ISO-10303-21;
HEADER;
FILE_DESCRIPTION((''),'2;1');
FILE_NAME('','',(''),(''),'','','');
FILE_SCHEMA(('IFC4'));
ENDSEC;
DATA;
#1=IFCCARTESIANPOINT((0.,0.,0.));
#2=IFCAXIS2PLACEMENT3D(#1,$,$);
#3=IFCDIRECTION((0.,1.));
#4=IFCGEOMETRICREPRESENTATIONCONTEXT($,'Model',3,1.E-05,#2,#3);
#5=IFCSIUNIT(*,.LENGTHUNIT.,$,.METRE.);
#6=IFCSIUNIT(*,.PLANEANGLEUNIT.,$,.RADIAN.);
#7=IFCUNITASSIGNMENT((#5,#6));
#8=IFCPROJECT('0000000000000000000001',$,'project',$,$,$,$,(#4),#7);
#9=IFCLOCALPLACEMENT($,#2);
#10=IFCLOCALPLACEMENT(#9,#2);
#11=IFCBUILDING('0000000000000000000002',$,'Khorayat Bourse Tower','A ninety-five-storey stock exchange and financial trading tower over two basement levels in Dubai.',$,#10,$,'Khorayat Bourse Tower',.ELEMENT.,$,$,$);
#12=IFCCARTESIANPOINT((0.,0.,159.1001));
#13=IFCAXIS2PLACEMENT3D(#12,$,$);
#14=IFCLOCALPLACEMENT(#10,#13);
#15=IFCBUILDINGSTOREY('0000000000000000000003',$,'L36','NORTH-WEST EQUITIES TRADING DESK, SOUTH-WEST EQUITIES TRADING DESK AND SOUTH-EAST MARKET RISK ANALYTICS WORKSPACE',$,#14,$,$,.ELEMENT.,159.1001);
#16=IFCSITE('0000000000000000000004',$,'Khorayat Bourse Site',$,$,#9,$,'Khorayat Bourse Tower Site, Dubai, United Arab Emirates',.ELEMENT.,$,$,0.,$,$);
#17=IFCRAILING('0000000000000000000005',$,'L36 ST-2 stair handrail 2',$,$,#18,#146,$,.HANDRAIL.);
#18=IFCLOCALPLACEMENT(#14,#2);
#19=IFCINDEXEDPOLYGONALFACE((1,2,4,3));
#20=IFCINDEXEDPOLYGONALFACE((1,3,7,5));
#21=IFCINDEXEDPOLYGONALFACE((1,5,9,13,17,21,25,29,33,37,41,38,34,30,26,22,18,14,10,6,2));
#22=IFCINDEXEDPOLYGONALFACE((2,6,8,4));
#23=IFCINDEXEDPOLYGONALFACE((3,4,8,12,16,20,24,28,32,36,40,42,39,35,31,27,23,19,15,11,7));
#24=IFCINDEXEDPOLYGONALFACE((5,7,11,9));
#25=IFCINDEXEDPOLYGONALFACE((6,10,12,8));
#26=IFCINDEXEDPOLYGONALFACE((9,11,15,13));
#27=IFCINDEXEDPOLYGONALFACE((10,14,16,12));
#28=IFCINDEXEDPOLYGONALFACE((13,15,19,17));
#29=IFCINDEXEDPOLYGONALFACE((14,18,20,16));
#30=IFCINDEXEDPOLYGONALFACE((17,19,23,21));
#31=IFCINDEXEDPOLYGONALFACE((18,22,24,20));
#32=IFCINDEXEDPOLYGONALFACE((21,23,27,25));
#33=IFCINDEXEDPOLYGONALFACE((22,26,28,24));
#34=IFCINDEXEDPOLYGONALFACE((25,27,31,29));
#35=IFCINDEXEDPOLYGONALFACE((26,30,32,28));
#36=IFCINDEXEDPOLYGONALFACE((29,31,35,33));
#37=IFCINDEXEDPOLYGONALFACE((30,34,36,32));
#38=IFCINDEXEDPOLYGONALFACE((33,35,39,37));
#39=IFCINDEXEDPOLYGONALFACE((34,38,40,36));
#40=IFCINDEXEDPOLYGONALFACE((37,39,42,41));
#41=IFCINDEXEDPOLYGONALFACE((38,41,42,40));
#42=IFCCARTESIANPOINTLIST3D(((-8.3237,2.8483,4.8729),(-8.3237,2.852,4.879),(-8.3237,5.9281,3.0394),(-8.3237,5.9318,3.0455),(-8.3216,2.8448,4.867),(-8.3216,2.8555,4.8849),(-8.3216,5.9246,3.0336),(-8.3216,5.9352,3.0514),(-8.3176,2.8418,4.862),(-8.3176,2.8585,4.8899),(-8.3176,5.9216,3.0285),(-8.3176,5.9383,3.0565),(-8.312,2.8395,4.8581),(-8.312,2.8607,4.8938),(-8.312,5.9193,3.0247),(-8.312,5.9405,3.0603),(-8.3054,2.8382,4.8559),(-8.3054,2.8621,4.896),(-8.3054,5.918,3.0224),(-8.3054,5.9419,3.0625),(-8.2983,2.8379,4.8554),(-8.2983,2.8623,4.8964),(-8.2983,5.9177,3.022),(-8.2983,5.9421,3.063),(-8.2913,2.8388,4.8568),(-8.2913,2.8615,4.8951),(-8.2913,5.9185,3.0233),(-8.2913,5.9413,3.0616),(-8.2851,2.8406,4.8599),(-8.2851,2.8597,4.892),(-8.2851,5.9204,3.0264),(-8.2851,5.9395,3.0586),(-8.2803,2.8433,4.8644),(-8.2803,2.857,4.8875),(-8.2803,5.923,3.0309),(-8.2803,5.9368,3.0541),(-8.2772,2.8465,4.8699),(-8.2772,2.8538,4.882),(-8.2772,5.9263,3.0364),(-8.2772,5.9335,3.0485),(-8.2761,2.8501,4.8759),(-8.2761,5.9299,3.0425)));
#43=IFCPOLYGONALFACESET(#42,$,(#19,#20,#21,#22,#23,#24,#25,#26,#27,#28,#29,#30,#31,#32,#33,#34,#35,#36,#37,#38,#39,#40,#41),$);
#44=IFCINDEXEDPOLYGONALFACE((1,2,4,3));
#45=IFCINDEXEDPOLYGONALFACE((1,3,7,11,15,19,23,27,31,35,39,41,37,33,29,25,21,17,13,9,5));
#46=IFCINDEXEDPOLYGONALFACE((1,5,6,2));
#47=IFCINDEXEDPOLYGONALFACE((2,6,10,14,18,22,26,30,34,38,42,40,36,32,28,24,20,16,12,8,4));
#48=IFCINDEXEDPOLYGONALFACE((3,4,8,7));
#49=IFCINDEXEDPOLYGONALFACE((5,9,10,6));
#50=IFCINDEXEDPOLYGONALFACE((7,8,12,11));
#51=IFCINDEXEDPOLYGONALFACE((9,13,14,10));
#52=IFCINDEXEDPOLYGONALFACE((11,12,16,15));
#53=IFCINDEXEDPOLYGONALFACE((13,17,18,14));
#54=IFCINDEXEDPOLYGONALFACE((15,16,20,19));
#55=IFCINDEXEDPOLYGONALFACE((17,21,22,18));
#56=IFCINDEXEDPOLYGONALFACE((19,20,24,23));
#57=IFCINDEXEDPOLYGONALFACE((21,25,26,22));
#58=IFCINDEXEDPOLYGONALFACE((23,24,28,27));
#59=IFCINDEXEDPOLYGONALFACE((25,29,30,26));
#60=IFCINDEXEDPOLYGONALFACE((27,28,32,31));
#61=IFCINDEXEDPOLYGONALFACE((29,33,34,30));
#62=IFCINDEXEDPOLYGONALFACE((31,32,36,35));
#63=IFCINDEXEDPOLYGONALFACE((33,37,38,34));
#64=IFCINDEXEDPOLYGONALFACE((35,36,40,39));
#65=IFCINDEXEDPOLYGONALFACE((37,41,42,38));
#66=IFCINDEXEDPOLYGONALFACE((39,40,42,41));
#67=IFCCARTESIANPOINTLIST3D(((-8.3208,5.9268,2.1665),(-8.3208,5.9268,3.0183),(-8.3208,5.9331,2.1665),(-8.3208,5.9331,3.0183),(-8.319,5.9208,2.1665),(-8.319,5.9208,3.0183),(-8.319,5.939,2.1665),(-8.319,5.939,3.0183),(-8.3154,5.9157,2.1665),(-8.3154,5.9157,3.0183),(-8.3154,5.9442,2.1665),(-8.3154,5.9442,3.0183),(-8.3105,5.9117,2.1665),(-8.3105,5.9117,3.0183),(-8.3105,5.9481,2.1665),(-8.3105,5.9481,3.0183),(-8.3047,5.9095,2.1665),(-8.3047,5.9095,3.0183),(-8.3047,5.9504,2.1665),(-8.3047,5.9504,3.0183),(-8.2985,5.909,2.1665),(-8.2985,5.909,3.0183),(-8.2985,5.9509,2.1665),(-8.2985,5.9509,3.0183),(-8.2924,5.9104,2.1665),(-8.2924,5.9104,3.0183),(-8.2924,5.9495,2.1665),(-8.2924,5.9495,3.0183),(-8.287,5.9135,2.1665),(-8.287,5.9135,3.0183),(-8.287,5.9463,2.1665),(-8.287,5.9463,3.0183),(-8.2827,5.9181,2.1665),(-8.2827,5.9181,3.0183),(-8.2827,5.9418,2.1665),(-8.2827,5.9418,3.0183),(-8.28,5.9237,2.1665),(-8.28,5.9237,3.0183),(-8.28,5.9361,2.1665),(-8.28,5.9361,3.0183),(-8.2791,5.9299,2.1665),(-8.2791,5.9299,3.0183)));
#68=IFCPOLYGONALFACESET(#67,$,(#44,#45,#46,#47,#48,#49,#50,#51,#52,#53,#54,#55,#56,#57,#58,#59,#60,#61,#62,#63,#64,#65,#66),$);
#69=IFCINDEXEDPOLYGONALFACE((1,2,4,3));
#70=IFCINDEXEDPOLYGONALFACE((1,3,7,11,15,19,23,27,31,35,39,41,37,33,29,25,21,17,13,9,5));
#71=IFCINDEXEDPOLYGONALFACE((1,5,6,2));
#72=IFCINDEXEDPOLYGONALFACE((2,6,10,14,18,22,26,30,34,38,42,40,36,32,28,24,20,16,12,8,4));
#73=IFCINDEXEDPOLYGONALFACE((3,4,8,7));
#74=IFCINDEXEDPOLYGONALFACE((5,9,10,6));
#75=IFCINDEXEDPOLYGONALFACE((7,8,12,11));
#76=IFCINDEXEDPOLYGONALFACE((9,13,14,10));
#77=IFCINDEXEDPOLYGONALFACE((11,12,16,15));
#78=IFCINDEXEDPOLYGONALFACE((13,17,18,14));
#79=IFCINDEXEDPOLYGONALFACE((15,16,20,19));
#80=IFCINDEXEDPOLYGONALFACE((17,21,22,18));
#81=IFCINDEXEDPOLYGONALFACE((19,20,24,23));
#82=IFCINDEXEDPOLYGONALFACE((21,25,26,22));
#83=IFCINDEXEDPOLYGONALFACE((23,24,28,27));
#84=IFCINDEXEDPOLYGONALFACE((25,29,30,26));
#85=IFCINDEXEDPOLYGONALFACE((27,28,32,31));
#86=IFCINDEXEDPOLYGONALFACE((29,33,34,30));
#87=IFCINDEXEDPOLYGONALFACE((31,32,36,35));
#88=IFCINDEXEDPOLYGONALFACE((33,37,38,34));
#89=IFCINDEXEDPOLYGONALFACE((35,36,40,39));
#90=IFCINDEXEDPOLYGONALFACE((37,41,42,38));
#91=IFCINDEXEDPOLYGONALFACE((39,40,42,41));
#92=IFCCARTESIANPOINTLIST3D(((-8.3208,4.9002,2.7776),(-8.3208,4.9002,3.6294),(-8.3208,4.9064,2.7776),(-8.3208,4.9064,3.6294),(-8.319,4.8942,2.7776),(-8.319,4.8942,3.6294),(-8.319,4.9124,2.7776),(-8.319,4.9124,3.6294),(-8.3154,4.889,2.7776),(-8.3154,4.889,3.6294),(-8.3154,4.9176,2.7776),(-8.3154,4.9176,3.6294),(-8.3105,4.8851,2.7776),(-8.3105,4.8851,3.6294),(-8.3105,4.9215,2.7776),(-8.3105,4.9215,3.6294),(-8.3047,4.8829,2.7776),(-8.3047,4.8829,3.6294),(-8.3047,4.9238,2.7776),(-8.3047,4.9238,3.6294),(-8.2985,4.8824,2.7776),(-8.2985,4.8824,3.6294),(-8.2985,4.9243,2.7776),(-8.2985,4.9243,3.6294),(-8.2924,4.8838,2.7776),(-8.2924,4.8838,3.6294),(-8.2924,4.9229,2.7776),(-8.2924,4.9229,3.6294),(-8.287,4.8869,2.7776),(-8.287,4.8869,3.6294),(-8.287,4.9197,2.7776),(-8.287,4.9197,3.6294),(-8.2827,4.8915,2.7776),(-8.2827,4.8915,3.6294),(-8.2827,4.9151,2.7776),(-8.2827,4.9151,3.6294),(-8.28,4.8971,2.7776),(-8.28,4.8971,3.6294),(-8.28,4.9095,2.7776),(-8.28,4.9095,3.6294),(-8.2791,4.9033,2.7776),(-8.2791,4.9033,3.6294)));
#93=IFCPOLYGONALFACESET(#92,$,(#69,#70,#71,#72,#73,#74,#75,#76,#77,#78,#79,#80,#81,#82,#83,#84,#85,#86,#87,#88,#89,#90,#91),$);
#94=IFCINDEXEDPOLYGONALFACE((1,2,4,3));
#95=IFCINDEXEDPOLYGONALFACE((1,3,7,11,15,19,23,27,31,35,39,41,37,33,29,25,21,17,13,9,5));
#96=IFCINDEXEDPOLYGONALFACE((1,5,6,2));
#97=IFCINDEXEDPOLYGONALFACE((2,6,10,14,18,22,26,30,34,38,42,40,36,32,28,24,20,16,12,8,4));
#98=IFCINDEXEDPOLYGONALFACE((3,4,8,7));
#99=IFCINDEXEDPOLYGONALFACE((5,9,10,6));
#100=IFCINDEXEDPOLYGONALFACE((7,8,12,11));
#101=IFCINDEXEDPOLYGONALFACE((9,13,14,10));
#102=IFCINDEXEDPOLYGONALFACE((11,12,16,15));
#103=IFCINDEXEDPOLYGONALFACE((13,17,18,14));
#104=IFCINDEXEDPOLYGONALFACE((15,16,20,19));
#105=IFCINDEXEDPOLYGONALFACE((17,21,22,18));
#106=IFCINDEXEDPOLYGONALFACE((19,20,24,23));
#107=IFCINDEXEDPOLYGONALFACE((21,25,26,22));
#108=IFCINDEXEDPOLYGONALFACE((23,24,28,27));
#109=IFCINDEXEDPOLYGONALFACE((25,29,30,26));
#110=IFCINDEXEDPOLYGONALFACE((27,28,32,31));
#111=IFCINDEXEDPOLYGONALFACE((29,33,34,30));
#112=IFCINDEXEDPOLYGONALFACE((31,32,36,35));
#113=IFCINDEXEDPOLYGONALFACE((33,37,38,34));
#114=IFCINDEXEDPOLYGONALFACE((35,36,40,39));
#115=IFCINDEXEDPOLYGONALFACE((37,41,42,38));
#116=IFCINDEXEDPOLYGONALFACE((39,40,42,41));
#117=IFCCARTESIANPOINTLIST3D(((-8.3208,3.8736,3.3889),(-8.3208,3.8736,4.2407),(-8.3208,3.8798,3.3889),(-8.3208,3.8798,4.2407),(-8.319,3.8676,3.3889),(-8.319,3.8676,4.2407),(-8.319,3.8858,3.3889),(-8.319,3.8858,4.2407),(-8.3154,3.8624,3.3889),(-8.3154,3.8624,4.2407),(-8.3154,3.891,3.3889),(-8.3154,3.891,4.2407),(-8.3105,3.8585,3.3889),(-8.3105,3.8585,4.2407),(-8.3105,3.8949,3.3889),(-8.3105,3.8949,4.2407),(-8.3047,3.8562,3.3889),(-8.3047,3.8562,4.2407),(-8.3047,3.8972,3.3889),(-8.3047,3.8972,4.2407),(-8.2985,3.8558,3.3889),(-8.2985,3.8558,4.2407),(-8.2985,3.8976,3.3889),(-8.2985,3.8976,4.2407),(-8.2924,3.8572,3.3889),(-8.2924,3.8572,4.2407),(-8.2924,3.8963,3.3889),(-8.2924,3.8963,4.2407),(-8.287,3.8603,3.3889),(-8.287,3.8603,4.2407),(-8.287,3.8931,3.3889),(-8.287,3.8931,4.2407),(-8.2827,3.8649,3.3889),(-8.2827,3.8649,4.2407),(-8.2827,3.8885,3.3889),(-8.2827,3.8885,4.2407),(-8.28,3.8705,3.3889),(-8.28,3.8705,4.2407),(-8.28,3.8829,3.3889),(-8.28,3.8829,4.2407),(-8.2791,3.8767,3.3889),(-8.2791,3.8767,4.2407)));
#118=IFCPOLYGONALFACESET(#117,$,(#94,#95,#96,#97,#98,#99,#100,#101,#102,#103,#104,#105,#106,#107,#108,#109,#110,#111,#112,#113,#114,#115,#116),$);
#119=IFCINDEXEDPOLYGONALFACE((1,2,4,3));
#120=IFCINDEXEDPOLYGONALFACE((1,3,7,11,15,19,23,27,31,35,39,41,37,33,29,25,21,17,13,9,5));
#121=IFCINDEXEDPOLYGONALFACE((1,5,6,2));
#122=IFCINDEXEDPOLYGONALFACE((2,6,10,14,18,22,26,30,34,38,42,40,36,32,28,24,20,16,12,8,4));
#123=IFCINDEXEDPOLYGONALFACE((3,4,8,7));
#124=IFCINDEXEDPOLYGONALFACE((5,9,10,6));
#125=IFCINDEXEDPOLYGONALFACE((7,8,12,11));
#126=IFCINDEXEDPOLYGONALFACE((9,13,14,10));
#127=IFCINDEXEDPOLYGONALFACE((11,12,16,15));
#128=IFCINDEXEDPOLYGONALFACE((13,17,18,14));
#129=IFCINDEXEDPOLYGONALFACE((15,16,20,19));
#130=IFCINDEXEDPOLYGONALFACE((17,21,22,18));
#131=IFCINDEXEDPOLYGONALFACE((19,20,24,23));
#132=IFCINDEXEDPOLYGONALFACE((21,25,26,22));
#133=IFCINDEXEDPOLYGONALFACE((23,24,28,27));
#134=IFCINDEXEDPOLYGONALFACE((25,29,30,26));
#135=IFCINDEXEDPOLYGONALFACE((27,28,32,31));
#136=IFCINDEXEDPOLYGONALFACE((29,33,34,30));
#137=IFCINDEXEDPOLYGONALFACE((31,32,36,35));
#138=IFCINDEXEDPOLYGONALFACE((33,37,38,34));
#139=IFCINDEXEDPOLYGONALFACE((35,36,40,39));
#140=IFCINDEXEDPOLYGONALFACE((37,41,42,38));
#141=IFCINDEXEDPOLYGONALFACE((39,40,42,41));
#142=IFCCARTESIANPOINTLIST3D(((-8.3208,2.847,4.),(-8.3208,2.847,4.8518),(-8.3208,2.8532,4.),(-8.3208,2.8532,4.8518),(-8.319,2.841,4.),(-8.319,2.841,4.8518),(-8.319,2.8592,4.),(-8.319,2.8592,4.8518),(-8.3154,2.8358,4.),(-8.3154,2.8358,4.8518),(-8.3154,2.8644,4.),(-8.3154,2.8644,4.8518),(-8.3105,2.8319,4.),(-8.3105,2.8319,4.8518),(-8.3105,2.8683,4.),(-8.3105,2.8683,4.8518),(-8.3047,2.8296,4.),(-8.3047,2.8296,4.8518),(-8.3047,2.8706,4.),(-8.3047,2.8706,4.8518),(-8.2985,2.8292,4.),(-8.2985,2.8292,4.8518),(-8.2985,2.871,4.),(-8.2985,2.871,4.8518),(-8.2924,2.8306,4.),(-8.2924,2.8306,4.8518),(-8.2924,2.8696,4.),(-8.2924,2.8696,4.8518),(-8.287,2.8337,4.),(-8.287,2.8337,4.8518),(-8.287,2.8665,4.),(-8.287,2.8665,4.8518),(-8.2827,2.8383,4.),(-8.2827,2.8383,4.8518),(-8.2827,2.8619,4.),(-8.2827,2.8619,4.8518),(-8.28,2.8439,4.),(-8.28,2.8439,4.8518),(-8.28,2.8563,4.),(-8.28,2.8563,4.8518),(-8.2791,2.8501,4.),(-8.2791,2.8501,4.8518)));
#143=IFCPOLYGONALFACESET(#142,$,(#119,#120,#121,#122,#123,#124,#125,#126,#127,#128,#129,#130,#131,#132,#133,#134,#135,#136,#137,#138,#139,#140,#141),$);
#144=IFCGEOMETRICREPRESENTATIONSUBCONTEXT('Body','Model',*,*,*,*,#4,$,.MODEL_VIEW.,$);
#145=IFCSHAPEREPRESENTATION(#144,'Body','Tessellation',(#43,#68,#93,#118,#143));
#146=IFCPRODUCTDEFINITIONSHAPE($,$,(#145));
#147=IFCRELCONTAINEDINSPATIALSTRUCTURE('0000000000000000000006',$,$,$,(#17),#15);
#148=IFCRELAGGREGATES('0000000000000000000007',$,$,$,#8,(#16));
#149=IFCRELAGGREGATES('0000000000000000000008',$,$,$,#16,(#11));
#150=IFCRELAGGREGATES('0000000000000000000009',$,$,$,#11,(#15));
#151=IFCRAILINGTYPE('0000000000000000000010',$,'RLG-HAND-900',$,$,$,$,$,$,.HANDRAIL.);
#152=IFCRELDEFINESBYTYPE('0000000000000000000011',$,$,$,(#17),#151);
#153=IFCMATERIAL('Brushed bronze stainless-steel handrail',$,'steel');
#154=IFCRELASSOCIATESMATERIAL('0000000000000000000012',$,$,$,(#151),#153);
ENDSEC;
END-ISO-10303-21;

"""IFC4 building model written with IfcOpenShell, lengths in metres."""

from ifc_helpers import new_model, si_unit, direction, frame, origin, origin_2d, place, context, subcontext, project, spatial, circle, extrude, source, transform, mapped, material, type_object, element, save


model = new_model("IFC4")

# Units and contexts
model_context = context("Model", 3, precision=1e-05, world=origin(), true_north=direction((0.0, 1.0)))
body_context = subcontext(model_context, "Body", "Model", "MODEL_VIEW")
ifc_project = project(units=[si_unit("LENGTHUNIT", "METRE"), si_unit("PLANEANGLEUNIT", "RADIAN")], contexts=[model_context])

# Site, building, storey
site_placement = place(None, origin())
site = spatial("IfcSite", under=ifc_project, at=site_placement, Name="Khorayat Bourse Site", LongName="Khorayat Bourse Tower Site, Dubai, United Arab Emirates", CompositionType="ELEMENT", RefElevation=0.0)
building_placement = place(site_placement, origin())
building = spatial("IfcBuilding", under=site, at=building_placement, Name="Khorayat Bourse Tower", Description="A ninety-five-storey stock exchange and financial trading tower over two basement levels in Dubai.", LongName="Khorayat Bourse Tower", CompositionType="ELEMENT")
storey_placement = place(building_placement, frame((0.0, 0.0, 159.1001)))
storey = spatial("IfcBuildingStorey", under=building, at=storey_placement, Name="L36", Description="NORTH-WEST EQUITIES TRADING DESK, SOUTH-WEST EQUITIES TRADING DESK AND SOUTH-EAST MARKET RISK ANALYTICS WORKSPACE", CompositionType="ELEMENT", Elevation=159.1001)

# Railing
ifc_material_1 = material(Name="Brushed bronze stainless-steel handrail", Category="steel")
railing_type_1 = type_object("IfcRailingType", Name="RLG-HAND-900", PredefinedType="HANDRAIL", material=ifc_material_1)
shared_shape_1 = source(origin(), body_context, "Body", "SweptSolid", [
    extrude(circle(Radius=0.0239, at=origin_2d()), frame((0.0, 0.0, 0.876), z_axis=(0.0, -0.859261, 0.511538), x_axis=(1.0, 0.0, 0.0)), (0.0, 0.0, 1.0), 3.5842),
    extrude(circle(Radius=0.021, at=origin_2d()), origin(), (0.0, 0.0, 1.0), 0.8518),
    extrude(circle(Radius=0.021, at=origin_2d()), frame((0.0, -1.0266, 0.6111)), (0.0, 0.0, 1.0), 0.8518),
    extrude(circle(Radius=0.021, at=origin_2d()), frame((0.0, -2.0532, 1.2224)), (0.0, 0.0, 1.0), 0.8518),
    extrude(circle(Radius=0.021, at=origin_2d()), frame((0.0, -3.0798, 1.8335)), (0.0, 0.0, 1.0), 0.8518),
])
railing_1_placement = place(storey_placement, frame((-8.3, 5.9299, 2.1665)))
element("IfcRailing", 1, at=railing_1_placement, inside=storey, type_object=railing_type_1, Name="L36 ST-2 stair handrail 2", PredefinedType="HANDRAIL", context=body_context, shape_type="MappedRepresentation", body=[
    mapped(shared_shape_1, transform((0.0, 0.0, 0.0), scale=1.0)),
])

save(model, "model.ifc")
